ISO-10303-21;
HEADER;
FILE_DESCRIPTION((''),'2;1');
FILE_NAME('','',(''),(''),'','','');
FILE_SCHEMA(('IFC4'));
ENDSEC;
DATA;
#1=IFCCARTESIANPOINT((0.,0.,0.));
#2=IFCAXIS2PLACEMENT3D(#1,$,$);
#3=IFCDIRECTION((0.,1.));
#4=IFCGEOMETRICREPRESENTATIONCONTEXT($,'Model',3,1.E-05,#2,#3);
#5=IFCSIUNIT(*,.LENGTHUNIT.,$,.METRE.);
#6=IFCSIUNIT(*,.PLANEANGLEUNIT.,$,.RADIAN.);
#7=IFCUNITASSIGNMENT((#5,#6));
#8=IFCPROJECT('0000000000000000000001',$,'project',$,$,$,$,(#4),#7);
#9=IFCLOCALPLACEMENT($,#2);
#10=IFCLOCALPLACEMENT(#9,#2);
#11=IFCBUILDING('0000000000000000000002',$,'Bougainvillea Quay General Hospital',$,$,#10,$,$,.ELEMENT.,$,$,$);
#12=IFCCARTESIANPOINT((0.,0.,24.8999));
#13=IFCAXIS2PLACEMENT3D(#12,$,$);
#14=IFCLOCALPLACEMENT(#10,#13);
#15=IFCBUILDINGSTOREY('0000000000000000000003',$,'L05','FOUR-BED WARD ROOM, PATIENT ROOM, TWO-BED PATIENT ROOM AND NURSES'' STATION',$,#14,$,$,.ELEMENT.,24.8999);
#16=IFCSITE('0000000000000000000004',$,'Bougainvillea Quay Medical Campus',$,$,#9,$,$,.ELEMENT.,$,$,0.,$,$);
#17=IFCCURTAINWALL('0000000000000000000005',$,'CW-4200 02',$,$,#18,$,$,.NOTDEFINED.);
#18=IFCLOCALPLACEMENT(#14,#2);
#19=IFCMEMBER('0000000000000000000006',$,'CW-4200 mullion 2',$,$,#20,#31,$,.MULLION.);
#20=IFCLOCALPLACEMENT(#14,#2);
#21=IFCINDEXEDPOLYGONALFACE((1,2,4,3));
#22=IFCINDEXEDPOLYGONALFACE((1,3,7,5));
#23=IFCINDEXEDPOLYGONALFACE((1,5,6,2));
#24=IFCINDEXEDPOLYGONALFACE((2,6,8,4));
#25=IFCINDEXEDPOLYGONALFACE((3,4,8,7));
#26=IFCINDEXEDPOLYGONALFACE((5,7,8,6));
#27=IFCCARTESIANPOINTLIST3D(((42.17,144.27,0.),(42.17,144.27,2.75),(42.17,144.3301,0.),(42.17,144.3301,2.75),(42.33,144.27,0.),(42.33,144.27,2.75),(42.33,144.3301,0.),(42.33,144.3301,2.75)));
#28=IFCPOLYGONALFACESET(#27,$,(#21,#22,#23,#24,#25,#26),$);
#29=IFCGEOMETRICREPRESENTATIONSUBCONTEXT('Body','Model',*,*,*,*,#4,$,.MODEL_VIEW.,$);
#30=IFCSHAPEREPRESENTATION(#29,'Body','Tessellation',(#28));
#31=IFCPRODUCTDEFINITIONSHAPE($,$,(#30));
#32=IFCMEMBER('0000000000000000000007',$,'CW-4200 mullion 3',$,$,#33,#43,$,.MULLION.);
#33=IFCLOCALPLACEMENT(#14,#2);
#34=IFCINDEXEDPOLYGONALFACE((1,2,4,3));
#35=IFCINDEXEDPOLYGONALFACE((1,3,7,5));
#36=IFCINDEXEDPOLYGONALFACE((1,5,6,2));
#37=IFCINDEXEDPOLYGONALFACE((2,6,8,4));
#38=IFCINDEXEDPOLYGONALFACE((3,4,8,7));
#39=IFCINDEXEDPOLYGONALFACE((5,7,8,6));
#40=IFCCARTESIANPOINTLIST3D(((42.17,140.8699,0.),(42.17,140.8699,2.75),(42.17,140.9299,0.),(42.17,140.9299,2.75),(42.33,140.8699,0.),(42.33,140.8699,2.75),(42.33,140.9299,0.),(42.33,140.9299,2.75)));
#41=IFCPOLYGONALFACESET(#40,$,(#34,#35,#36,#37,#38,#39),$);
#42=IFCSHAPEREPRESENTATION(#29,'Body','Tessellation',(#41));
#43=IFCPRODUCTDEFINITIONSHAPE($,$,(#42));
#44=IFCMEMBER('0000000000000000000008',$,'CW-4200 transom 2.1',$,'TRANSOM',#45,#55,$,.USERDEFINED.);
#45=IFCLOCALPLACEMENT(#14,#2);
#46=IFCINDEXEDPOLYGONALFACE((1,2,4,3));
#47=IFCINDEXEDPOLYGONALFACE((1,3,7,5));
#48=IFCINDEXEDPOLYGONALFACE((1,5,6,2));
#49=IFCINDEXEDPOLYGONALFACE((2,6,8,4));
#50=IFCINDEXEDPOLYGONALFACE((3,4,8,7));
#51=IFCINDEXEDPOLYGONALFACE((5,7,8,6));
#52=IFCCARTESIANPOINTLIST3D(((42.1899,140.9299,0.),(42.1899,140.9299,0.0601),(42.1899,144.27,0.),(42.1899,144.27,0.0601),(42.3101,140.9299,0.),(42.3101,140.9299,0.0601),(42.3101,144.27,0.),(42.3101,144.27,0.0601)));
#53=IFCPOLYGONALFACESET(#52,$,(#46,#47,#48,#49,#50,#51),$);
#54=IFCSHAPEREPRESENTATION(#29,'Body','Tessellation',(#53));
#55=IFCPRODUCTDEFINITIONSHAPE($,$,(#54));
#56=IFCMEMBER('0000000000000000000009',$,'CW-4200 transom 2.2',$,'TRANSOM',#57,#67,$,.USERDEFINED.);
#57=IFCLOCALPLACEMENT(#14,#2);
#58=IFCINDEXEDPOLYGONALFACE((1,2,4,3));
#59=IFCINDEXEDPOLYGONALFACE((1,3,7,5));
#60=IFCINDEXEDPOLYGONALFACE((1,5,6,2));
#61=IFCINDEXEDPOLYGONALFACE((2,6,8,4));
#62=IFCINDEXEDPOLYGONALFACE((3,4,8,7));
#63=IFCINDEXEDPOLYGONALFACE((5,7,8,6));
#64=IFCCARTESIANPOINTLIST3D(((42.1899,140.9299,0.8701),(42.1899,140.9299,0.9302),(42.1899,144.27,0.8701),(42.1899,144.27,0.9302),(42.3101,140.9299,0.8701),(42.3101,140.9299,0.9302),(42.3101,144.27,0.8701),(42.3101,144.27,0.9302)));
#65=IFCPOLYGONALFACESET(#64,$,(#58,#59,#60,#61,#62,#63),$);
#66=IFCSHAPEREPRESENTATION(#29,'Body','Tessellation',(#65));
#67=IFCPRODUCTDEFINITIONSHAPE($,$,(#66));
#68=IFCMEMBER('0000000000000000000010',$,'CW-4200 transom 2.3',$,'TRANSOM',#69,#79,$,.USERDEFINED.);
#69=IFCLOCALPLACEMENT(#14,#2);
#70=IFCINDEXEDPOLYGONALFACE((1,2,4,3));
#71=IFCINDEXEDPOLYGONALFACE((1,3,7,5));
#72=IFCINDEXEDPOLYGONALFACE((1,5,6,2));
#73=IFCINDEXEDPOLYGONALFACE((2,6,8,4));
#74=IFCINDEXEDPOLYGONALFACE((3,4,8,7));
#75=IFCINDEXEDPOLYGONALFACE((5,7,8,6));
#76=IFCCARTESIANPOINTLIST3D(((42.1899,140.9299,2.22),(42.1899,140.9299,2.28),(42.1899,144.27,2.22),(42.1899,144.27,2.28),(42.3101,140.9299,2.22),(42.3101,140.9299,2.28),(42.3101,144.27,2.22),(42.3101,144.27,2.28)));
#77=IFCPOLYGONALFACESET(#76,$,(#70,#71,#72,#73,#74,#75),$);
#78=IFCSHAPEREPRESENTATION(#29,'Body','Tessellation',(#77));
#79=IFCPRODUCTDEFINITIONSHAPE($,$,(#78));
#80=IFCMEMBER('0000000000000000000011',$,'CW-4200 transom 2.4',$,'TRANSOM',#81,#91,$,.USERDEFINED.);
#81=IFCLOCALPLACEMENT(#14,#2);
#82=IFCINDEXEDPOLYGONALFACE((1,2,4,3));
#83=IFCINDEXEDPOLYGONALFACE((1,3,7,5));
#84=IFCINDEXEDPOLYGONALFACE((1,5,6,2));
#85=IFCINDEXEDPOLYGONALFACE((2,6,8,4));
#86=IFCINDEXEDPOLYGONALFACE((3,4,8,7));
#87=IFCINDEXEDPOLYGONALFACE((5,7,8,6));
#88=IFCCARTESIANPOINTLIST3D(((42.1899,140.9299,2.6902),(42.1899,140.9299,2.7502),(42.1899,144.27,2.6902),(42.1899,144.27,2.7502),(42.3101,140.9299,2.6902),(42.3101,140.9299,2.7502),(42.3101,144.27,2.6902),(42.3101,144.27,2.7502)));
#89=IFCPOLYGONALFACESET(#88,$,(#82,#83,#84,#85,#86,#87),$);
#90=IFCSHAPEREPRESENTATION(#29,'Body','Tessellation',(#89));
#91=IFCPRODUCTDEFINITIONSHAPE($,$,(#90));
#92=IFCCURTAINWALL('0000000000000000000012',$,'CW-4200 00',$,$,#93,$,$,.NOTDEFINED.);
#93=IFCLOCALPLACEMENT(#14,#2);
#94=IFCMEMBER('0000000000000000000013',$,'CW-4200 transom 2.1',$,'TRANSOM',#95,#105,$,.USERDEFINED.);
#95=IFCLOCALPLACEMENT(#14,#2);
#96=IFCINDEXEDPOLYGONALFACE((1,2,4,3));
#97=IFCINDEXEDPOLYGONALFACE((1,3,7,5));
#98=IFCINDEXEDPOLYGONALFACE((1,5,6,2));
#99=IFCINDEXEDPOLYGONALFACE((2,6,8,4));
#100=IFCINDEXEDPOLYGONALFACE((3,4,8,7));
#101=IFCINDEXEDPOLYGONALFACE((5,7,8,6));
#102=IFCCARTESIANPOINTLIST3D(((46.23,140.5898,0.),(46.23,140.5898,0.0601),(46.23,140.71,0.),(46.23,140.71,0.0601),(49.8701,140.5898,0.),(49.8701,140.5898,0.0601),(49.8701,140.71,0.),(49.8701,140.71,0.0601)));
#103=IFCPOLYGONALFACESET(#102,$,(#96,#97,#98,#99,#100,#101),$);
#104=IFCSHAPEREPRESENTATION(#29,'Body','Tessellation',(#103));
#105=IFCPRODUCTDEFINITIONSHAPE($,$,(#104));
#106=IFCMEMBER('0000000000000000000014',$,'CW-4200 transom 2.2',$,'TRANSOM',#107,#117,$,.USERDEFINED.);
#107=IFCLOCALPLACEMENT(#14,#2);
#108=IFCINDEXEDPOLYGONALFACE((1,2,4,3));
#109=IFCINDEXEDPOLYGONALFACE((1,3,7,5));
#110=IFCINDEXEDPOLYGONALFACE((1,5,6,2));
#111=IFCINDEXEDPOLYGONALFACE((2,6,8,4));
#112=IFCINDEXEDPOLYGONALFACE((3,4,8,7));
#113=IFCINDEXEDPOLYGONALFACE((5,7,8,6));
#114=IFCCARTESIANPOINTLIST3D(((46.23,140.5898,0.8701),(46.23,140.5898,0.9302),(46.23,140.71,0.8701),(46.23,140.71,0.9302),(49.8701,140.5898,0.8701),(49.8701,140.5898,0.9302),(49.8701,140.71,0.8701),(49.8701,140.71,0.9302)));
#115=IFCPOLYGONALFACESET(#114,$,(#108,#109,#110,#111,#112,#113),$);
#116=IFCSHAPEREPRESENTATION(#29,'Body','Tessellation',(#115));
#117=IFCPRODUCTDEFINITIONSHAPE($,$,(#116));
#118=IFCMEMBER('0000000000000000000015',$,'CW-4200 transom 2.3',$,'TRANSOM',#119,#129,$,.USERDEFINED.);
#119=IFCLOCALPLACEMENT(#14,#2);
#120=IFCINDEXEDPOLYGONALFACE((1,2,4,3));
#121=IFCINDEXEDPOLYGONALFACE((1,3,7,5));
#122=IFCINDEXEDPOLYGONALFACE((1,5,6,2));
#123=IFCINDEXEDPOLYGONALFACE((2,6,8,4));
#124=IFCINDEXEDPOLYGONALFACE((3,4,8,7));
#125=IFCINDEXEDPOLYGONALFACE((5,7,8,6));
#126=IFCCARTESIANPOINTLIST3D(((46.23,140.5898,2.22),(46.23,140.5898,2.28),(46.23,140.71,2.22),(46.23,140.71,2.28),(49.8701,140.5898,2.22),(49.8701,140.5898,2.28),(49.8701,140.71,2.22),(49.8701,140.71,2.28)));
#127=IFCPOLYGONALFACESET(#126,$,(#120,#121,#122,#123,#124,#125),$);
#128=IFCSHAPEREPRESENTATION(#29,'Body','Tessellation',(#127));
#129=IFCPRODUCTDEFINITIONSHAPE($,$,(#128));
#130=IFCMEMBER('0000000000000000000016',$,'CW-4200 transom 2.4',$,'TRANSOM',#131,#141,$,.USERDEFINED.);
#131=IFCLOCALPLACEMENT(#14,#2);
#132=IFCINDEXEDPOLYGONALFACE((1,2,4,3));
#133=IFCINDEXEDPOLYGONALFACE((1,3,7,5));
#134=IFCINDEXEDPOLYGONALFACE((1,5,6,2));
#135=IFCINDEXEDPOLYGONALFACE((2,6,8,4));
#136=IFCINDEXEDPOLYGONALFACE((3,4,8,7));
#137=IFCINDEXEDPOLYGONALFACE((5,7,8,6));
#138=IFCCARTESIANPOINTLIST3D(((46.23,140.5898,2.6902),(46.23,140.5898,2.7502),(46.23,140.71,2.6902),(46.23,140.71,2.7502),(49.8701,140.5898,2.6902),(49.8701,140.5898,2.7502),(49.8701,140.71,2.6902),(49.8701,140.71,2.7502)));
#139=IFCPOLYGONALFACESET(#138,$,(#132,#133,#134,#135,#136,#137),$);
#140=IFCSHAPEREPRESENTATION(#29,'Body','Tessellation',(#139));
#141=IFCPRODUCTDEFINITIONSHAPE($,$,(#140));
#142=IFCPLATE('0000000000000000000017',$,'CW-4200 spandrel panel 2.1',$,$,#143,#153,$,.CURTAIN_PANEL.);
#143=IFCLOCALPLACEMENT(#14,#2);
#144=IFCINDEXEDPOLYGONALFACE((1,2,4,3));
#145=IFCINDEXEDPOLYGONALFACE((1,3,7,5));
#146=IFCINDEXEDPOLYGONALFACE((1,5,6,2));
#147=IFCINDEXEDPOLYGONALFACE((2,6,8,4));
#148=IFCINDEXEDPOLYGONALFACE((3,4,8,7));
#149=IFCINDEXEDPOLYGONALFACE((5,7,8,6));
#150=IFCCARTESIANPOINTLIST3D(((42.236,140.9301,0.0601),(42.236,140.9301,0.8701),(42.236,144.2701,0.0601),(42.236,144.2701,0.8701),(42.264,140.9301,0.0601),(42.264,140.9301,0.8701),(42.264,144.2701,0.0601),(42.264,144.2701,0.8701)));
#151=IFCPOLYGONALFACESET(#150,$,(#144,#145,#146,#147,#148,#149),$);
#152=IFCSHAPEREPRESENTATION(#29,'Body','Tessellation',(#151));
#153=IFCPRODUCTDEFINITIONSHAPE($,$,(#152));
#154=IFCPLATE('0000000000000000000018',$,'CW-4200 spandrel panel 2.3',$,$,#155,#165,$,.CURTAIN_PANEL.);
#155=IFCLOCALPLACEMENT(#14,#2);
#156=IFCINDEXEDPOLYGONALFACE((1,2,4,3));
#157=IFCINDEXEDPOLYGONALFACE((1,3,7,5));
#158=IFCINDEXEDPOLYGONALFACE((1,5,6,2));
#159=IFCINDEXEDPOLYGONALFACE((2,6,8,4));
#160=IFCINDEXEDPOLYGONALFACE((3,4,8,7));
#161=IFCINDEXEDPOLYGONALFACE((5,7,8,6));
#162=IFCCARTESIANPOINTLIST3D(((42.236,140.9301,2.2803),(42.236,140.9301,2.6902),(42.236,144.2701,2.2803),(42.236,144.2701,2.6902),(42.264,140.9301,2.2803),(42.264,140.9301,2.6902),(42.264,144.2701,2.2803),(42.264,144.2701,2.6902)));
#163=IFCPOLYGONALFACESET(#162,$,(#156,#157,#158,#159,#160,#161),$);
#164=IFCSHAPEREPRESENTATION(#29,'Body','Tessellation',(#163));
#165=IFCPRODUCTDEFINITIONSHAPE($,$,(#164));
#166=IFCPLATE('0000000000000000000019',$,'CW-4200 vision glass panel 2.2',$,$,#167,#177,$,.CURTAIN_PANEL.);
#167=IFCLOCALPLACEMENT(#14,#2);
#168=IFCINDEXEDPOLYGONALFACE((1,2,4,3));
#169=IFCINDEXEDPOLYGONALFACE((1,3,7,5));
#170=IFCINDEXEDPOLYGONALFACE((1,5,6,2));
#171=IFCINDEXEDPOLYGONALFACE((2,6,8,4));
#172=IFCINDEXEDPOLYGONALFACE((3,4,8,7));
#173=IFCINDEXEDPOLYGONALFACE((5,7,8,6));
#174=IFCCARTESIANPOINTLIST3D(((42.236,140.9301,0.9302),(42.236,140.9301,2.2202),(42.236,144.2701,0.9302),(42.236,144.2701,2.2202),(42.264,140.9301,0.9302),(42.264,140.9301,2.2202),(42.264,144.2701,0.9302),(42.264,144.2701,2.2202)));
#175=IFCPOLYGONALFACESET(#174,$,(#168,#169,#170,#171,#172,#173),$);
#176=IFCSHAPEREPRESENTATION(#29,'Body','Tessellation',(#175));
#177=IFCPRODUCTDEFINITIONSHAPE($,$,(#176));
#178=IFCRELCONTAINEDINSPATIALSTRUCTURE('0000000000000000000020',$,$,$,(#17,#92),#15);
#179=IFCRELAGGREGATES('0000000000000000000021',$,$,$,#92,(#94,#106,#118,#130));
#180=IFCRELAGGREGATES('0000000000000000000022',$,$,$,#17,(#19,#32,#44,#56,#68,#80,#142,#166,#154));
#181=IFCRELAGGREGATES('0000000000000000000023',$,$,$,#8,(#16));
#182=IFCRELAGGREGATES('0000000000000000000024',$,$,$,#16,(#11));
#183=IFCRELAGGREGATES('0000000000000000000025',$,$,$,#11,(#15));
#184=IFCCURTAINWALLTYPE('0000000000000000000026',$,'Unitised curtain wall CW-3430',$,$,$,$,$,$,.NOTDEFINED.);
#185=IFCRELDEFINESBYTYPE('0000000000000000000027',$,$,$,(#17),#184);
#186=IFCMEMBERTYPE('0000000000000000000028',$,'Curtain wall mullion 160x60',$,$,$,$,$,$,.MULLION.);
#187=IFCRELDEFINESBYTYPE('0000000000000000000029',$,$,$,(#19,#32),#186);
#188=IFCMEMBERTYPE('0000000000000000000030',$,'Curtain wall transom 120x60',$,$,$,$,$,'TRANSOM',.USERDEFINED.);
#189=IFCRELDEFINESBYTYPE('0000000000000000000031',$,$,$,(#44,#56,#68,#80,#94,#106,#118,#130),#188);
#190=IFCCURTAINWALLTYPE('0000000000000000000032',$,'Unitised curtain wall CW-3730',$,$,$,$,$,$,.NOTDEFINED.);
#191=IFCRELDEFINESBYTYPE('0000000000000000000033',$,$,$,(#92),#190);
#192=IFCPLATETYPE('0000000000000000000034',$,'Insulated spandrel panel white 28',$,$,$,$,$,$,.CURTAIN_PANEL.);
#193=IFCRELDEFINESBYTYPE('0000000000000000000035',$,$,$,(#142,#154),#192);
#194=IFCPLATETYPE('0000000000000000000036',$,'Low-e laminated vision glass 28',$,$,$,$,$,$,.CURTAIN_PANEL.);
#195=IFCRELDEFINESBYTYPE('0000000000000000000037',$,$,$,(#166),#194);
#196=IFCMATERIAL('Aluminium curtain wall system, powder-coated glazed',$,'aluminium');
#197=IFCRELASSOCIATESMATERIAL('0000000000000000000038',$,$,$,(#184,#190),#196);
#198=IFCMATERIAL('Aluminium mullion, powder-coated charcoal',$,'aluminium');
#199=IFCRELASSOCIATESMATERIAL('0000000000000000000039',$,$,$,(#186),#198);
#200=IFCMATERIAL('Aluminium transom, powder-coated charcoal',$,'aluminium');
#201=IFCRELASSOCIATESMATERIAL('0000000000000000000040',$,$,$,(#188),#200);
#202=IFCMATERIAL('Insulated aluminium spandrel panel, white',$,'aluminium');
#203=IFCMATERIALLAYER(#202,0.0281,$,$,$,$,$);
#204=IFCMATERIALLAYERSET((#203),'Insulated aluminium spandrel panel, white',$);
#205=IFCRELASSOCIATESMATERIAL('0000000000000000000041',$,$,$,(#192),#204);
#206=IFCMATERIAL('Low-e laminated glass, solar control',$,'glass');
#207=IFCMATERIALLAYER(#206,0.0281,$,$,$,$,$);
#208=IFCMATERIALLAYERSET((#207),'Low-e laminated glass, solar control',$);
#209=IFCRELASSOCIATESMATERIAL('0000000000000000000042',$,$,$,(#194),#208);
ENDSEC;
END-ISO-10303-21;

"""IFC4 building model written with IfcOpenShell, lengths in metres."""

from ifc_helpers import new_model, si_unit, direction, frame, origin, origin_2d, place, context, subcontext, project, spatial, rectangle, extrude, material, layer, layer_set, material_profile, profile_set, type_object, element, aggregate, save


model = new_model("IFC4")

# Units and contexts
model_context = context("Model", 3, precision=1e-05, world=origin(), true_north=direction((0.0, 1.0)))
body_context = subcontext(model_context, "Body", "Model", "MODEL_VIEW")
ifc_project = project(units=[si_unit("LENGTHUNIT", "METRE"), si_unit("PLANEANGLEUNIT", "RADIAN")], contexts=[model_context])

# Site, building, storey
site_placement = place(None, origin())
site = spatial("IfcSite", under=ifc_project, at=site_placement, Name="Bougainvillea Quay Medical Campus", CompositionType="ELEMENT", RefElevation=0.0)
building_placement = place(site_placement, origin())
building = spatial("IfcBuilding", under=site, at=building_placement, Name="Bougainvillea Quay General Hospital", CompositionType="ELEMENT")
storey_placement = place(building_placement, frame((0.0, 0.0, 24.8999)))
storey = spatial("IfcBuildingStorey", under=building, at=storey_placement, Name="L05", Description="FOUR-BED WARD ROOM, PATIENT ROOM, TWO-BED PATIENT ROOM AND NURSES' STATION", CompositionType="ELEMENT", Elevation=24.8999)

# Curtain walls, members
ifc_material_1 = material(Name="Aluminium curtain wall system, powder-coated glazed", Category="aluminium")
curtain_wall_type_1 = type_object("IfcCurtainWallType", Name="Unitised curtain wall CW-3430", PredefinedType="NOTDEFINED", material=ifc_material_1)
curtain_wall_1_placement = place(storey_placement, origin())
curtain_wall_1 = element("IfcCurtainWall", 1, at=curtain_wall_1_placement, inside=storey, type_object=curtain_wall_type_1, Name="CW-4200 02", PredefinedType="NOTDEFINED")
ifc_material_2 = material(Name="Aluminium mullion, powder-coated charcoal", Category="aluminium")
ifc_material_profile_1 = material_profile(ifc_material_2, rectangle(XDim=0.1599, YDim=0.0601, at=origin_2d()))
ifc_profile_set_1 = profile_set([ifc_material_profile_1], Name="Aluminium mullion, powder-coated charcoal")
member_type_1 = type_object("IfcMemberType", Name="Curtain wall mullion 160x60", PredefinedType="MULLION", material=ifc_profile_set_1)
member_1_placement = place(storey_placement, frame((42.25, 144.3, 0.0), z_axis=(0.0, 0.0, 1.0), x_axis=(1.0, 0.0, 0.0)))
member_1 = element("IfcMember", 2, at=member_1_placement, type_object=member_type_1, Name="CW-4200 mullion 2", PredefinedType="MULLION", context=body_context, shape_type="SweptSolid", body=[
    extrude(rectangle(XDim=0.1599, YDim=0.0601, at=origin_2d()), origin(), (0.0, 0.0, 1.0), 2.75),
])
member_2_placement = place(storey_placement, frame((42.25, 140.8999, 0.0), z_axis=(0.0, 0.0, 1.0), x_axis=(1.0, 0.0, 0.0)))
member_2 = element("IfcMember", 3, at=member_2_placement, type_object=member_type_1, Name="CW-4200 mullion 3", PredefinedType="MULLION", context=body_context, shape_type="SweptSolid", body=[
    extrude(rectangle(XDim=0.1599, YDim=0.0601, at=origin_2d()), origin(), (0.0, 0.0, 1.0), 2.75),
])
ifc_material_3 = material(Name="Aluminium transom, powder-coated charcoal", Category="aluminium")
ifc_material_profile_2 = material_profile(ifc_material_3, rectangle(XDim=0.1201, YDim=0.0601, at=origin_2d()))
ifc_profile_set_2 = profile_set([ifc_material_profile_2], Name="Aluminium transom, powder-coated charcoal")
member_type_2 = type_object("IfcMemberType", Name="Curtain wall transom 120x60", ElementType="TRANSOM", PredefinedType="USERDEFINED", material=ifc_profile_set_2)
member_3_placement = place(storey_placement, frame((42.25, 144.27, 0.03), z_axis=(0.0, -1.0, 0.0), x_axis=(1.0, 0.0, 0.0)))
member_3 = element("IfcMember", 4, at=member_3_placement, type_object=member_type_2, Name="CW-4200 transom 2.1", ObjectType="TRANSOM", PredefinedType="USERDEFINED", context=body_context, shape_type="SweptSolid", body=[
    extrude(rectangle(XDim=0.1201, YDim=0.0601, at=origin_2d()), origin(), (0.0, 0.0, 1.0), 3.3401),
])
member_4_placement = place(storey_placement, frame((42.25, 144.27, 0.9001), z_axis=(0.0, -1.0, 0.0), x_axis=(1.0, 0.0, 0.0)))
member_4 = element("IfcMember", 5, at=member_4_placement, type_object=member_type_2, Name="CW-4200 transom 2.2", ObjectType="TRANSOM", PredefinedType="USERDEFINED", context=body_context, shape_type="SweptSolid", body=[
    extrude(rectangle(XDim=0.1201, YDim=0.0601, at=origin_2d()), origin(), (0.0, 0.0, 1.0), 3.3401),
])
member_5_placement = place(storey_placement, frame((42.25, 144.27, 2.25), z_axis=(0.0, -1.0, 0.0), x_axis=(1.0, 0.0, 0.0)))
member_5 = element("IfcMember", 6, at=member_5_placement, type_object=member_type_2, Name="CW-4200 transom 2.3", ObjectType="TRANSOM", PredefinedType="USERDEFINED", context=body_context, shape_type="SweptSolid", body=[
    extrude(rectangle(XDim=0.1201, YDim=0.0601, at=origin_2d()), origin(), (0.0, 0.0, 1.0), 3.3401),
])
member_6_placement = place(storey_placement, frame((42.25, 144.27, 2.7202), z_axis=(0.0, -1.0, 0.0), x_axis=(1.0, 0.0, 0.0)))
member_6 = element("IfcMember", 7, at=member_6_placement, type_object=member_type_2, Name="CW-4200 transom 2.4", ObjectType="TRANSOM", PredefinedType="USERDEFINED", context=body_context, shape_type="SweptSolid", body=[
    extrude(rectangle(XDim=0.1201, YDim=0.0601, at=origin_2d()), origin(), (0.0, 0.0, 1.0), 3.3401),
])
curtain_wall_type_2 = type_object("IfcCurtainWallType", Name="Unitised curtain wall CW-3730", PredefinedType="NOTDEFINED", material=ifc_material_1)
curtain_wall_2_placement = place(storey_placement, origin())
curtain_wall_2 = element("IfcCurtainWall", 8, at=curtain_wall_2_placement, inside=storey, type_object=curtain_wall_type_2, Name="CW-4200 00", PredefinedType="NOTDEFINED")
member_7_placement = place(storey_placement, frame((46.23, 140.6499, 0.03), z_axis=(1.0, 0.0, 0.0), x_axis=(0.0, 1.0, 0.0)))
member_7 = element("IfcMember", 9, at=member_7_placement, type_object=member_type_2, Name="CW-4200 transom 2.1", ObjectType="TRANSOM", PredefinedType="USERDEFINED", context=body_context, shape_type="SweptSolid", body=[
    extrude(rectangle(XDim=0.1201, YDim=0.0601, at=origin_2d()), origin(), (0.0, 0.0, 1.0), 3.6401),
])
member_8_placement = place(storey_placement, frame((46.23, 140.6499, 0.9001), z_axis=(1.0, 0.0, 0.0), x_axis=(0.0, 1.0, 0.0)))
member_8 = element("IfcMember", 10, at=member_8_placement, type_object=member_type_2, Name="CW-4200 transom 2.2", ObjectType="TRANSOM", PredefinedType="USERDEFINED", context=body_context, shape_type="SweptSolid", body=[
    extrude(rectangle(XDim=0.1201, YDim=0.0601, at=origin_2d()), origin(), (0.0, 0.0, 1.0), 3.6401),
])
member_9_placement = place(storey_placement, frame((46.23, 140.6499, 2.25), z_axis=(1.0, 0.0, 0.0), x_axis=(0.0, 1.0, 0.0)))
member_9 = element("IfcMember", 11, at=member_9_placement, type_object=member_type_2, Name="CW-4200 transom 2.3", ObjectType="TRANSOM", PredefinedType="USERDEFINED", context=body_context, shape_type="SweptSolid", body=[
    extrude(rectangle(XDim=0.1201, YDim=0.0601, at=origin_2d()), origin(), (0.0, 0.0, 1.0), 3.6401),
])
member_10_placement = place(storey_placement, frame((46.23, 140.6499, 2.7202), z_axis=(1.0, 0.0, 0.0), x_axis=(0.0, 1.0, 0.0)))
member_10 = element("IfcMember", 12, at=member_10_placement, type_object=member_type_2, Name="CW-4200 transom 2.4", ObjectType="TRANSOM", PredefinedType="USERDEFINED", context=body_context, shape_type="SweptSolid", body=[
    extrude(rectangle(XDim=0.1201, YDim=0.0601, at=origin_2d()), origin(), (0.0, 0.0, 1.0), 3.6401),
])
aggregate(curtain_wall_2, [member_7, member_8, member_9, member_10])

# Plates
ifc_material_4 = material(Name="Insulated aluminium spandrel panel, white", Category="aluminium")
ifc_layer_1 = layer(ifc_material_4, 0.0281)
ifc_layer_set_1 = layer_set([ifc_layer_1], Name="Insulated aluminium spandrel panel, white")
plate_type_1 = type_object("IfcPlateType", Name="Insulated spandrel panel white 28", PredefinedType="CURTAIN_PANEL", material=ifc_layer_set_1)
plate_1_placement = place(storey_placement, frame((42.25, 142.6001, 0.0601), z_axis=(0.0, 0.0, 1.0), x_axis=(0.0, -1.0, 0.0)))
plate_1 = element("IfcPlate", 13, at=plate_1_placement, type_object=plate_type_1, Name="CW-4200 spandrel panel 2.1", PredefinedType="CURTAIN_PANEL", context=body_context, shape_type="SweptSolid", body=[
    extrude(rectangle(XDim=3.3401, YDim=0.0281, at=origin_2d()), origin(), (0.0, 0.0, 1.0), 0.8101),
])
plate_2_placement = place(storey_placement, frame((42.25, 142.6001, 2.2803), z_axis=(0.0, 0.0, 1.0), x_axis=(0.0, -1.0, 0.0)))
plate_2 = element("IfcPlate", 14, at=plate_2_placement, type_object=plate_type_1, Name="CW-4200 spandrel panel 2.3", PredefinedType="CURTAIN_PANEL", context=body_context, shape_type="SweptSolid", body=[
    extrude(rectangle(XDim=3.3401, YDim=0.0281, at=origin_2d()), origin(), (0.0, 0.0, 1.0), 0.4099),
])
ifc_material_5 = material(Name="Low-e laminated glass, solar control", Category="glass")
ifc_layer_2 = layer(ifc_material_5, 0.0281)
ifc_layer_set_2 = layer_set([ifc_layer_2], Name="Low-e laminated glass, solar control")
plate_type_2 = type_object("IfcPlateType", Name="Low-e laminated vision glass 28", PredefinedType="CURTAIN_PANEL", material=ifc_layer_set_2)
plate_3_placement = place(storey_placement, frame((42.25, 142.6001, 0.9302), z_axis=(0.0, 0.0, 1.0), x_axis=(0.0, -1.0, 0.0)))
plate_3 = element("IfcPlate", 15, at=plate_3_placement, type_object=plate_type_2, Name="CW-4200 vision glass panel 2.2", PredefinedType="CURTAIN_PANEL", context=body_context, shape_type="SweptSolid", body=[
    extrude(rectangle(XDim=3.3401, YDim=0.0281, at=origin_2d()), origin(), (0.0, 0.0, 1.0), 1.29),
])
aggregate(curtain_wall_1, [member_1, member_2, member_3, member_4, member_5, member_6, plate_1, plate_3, plate_2])

save(model, "model.ifc")
